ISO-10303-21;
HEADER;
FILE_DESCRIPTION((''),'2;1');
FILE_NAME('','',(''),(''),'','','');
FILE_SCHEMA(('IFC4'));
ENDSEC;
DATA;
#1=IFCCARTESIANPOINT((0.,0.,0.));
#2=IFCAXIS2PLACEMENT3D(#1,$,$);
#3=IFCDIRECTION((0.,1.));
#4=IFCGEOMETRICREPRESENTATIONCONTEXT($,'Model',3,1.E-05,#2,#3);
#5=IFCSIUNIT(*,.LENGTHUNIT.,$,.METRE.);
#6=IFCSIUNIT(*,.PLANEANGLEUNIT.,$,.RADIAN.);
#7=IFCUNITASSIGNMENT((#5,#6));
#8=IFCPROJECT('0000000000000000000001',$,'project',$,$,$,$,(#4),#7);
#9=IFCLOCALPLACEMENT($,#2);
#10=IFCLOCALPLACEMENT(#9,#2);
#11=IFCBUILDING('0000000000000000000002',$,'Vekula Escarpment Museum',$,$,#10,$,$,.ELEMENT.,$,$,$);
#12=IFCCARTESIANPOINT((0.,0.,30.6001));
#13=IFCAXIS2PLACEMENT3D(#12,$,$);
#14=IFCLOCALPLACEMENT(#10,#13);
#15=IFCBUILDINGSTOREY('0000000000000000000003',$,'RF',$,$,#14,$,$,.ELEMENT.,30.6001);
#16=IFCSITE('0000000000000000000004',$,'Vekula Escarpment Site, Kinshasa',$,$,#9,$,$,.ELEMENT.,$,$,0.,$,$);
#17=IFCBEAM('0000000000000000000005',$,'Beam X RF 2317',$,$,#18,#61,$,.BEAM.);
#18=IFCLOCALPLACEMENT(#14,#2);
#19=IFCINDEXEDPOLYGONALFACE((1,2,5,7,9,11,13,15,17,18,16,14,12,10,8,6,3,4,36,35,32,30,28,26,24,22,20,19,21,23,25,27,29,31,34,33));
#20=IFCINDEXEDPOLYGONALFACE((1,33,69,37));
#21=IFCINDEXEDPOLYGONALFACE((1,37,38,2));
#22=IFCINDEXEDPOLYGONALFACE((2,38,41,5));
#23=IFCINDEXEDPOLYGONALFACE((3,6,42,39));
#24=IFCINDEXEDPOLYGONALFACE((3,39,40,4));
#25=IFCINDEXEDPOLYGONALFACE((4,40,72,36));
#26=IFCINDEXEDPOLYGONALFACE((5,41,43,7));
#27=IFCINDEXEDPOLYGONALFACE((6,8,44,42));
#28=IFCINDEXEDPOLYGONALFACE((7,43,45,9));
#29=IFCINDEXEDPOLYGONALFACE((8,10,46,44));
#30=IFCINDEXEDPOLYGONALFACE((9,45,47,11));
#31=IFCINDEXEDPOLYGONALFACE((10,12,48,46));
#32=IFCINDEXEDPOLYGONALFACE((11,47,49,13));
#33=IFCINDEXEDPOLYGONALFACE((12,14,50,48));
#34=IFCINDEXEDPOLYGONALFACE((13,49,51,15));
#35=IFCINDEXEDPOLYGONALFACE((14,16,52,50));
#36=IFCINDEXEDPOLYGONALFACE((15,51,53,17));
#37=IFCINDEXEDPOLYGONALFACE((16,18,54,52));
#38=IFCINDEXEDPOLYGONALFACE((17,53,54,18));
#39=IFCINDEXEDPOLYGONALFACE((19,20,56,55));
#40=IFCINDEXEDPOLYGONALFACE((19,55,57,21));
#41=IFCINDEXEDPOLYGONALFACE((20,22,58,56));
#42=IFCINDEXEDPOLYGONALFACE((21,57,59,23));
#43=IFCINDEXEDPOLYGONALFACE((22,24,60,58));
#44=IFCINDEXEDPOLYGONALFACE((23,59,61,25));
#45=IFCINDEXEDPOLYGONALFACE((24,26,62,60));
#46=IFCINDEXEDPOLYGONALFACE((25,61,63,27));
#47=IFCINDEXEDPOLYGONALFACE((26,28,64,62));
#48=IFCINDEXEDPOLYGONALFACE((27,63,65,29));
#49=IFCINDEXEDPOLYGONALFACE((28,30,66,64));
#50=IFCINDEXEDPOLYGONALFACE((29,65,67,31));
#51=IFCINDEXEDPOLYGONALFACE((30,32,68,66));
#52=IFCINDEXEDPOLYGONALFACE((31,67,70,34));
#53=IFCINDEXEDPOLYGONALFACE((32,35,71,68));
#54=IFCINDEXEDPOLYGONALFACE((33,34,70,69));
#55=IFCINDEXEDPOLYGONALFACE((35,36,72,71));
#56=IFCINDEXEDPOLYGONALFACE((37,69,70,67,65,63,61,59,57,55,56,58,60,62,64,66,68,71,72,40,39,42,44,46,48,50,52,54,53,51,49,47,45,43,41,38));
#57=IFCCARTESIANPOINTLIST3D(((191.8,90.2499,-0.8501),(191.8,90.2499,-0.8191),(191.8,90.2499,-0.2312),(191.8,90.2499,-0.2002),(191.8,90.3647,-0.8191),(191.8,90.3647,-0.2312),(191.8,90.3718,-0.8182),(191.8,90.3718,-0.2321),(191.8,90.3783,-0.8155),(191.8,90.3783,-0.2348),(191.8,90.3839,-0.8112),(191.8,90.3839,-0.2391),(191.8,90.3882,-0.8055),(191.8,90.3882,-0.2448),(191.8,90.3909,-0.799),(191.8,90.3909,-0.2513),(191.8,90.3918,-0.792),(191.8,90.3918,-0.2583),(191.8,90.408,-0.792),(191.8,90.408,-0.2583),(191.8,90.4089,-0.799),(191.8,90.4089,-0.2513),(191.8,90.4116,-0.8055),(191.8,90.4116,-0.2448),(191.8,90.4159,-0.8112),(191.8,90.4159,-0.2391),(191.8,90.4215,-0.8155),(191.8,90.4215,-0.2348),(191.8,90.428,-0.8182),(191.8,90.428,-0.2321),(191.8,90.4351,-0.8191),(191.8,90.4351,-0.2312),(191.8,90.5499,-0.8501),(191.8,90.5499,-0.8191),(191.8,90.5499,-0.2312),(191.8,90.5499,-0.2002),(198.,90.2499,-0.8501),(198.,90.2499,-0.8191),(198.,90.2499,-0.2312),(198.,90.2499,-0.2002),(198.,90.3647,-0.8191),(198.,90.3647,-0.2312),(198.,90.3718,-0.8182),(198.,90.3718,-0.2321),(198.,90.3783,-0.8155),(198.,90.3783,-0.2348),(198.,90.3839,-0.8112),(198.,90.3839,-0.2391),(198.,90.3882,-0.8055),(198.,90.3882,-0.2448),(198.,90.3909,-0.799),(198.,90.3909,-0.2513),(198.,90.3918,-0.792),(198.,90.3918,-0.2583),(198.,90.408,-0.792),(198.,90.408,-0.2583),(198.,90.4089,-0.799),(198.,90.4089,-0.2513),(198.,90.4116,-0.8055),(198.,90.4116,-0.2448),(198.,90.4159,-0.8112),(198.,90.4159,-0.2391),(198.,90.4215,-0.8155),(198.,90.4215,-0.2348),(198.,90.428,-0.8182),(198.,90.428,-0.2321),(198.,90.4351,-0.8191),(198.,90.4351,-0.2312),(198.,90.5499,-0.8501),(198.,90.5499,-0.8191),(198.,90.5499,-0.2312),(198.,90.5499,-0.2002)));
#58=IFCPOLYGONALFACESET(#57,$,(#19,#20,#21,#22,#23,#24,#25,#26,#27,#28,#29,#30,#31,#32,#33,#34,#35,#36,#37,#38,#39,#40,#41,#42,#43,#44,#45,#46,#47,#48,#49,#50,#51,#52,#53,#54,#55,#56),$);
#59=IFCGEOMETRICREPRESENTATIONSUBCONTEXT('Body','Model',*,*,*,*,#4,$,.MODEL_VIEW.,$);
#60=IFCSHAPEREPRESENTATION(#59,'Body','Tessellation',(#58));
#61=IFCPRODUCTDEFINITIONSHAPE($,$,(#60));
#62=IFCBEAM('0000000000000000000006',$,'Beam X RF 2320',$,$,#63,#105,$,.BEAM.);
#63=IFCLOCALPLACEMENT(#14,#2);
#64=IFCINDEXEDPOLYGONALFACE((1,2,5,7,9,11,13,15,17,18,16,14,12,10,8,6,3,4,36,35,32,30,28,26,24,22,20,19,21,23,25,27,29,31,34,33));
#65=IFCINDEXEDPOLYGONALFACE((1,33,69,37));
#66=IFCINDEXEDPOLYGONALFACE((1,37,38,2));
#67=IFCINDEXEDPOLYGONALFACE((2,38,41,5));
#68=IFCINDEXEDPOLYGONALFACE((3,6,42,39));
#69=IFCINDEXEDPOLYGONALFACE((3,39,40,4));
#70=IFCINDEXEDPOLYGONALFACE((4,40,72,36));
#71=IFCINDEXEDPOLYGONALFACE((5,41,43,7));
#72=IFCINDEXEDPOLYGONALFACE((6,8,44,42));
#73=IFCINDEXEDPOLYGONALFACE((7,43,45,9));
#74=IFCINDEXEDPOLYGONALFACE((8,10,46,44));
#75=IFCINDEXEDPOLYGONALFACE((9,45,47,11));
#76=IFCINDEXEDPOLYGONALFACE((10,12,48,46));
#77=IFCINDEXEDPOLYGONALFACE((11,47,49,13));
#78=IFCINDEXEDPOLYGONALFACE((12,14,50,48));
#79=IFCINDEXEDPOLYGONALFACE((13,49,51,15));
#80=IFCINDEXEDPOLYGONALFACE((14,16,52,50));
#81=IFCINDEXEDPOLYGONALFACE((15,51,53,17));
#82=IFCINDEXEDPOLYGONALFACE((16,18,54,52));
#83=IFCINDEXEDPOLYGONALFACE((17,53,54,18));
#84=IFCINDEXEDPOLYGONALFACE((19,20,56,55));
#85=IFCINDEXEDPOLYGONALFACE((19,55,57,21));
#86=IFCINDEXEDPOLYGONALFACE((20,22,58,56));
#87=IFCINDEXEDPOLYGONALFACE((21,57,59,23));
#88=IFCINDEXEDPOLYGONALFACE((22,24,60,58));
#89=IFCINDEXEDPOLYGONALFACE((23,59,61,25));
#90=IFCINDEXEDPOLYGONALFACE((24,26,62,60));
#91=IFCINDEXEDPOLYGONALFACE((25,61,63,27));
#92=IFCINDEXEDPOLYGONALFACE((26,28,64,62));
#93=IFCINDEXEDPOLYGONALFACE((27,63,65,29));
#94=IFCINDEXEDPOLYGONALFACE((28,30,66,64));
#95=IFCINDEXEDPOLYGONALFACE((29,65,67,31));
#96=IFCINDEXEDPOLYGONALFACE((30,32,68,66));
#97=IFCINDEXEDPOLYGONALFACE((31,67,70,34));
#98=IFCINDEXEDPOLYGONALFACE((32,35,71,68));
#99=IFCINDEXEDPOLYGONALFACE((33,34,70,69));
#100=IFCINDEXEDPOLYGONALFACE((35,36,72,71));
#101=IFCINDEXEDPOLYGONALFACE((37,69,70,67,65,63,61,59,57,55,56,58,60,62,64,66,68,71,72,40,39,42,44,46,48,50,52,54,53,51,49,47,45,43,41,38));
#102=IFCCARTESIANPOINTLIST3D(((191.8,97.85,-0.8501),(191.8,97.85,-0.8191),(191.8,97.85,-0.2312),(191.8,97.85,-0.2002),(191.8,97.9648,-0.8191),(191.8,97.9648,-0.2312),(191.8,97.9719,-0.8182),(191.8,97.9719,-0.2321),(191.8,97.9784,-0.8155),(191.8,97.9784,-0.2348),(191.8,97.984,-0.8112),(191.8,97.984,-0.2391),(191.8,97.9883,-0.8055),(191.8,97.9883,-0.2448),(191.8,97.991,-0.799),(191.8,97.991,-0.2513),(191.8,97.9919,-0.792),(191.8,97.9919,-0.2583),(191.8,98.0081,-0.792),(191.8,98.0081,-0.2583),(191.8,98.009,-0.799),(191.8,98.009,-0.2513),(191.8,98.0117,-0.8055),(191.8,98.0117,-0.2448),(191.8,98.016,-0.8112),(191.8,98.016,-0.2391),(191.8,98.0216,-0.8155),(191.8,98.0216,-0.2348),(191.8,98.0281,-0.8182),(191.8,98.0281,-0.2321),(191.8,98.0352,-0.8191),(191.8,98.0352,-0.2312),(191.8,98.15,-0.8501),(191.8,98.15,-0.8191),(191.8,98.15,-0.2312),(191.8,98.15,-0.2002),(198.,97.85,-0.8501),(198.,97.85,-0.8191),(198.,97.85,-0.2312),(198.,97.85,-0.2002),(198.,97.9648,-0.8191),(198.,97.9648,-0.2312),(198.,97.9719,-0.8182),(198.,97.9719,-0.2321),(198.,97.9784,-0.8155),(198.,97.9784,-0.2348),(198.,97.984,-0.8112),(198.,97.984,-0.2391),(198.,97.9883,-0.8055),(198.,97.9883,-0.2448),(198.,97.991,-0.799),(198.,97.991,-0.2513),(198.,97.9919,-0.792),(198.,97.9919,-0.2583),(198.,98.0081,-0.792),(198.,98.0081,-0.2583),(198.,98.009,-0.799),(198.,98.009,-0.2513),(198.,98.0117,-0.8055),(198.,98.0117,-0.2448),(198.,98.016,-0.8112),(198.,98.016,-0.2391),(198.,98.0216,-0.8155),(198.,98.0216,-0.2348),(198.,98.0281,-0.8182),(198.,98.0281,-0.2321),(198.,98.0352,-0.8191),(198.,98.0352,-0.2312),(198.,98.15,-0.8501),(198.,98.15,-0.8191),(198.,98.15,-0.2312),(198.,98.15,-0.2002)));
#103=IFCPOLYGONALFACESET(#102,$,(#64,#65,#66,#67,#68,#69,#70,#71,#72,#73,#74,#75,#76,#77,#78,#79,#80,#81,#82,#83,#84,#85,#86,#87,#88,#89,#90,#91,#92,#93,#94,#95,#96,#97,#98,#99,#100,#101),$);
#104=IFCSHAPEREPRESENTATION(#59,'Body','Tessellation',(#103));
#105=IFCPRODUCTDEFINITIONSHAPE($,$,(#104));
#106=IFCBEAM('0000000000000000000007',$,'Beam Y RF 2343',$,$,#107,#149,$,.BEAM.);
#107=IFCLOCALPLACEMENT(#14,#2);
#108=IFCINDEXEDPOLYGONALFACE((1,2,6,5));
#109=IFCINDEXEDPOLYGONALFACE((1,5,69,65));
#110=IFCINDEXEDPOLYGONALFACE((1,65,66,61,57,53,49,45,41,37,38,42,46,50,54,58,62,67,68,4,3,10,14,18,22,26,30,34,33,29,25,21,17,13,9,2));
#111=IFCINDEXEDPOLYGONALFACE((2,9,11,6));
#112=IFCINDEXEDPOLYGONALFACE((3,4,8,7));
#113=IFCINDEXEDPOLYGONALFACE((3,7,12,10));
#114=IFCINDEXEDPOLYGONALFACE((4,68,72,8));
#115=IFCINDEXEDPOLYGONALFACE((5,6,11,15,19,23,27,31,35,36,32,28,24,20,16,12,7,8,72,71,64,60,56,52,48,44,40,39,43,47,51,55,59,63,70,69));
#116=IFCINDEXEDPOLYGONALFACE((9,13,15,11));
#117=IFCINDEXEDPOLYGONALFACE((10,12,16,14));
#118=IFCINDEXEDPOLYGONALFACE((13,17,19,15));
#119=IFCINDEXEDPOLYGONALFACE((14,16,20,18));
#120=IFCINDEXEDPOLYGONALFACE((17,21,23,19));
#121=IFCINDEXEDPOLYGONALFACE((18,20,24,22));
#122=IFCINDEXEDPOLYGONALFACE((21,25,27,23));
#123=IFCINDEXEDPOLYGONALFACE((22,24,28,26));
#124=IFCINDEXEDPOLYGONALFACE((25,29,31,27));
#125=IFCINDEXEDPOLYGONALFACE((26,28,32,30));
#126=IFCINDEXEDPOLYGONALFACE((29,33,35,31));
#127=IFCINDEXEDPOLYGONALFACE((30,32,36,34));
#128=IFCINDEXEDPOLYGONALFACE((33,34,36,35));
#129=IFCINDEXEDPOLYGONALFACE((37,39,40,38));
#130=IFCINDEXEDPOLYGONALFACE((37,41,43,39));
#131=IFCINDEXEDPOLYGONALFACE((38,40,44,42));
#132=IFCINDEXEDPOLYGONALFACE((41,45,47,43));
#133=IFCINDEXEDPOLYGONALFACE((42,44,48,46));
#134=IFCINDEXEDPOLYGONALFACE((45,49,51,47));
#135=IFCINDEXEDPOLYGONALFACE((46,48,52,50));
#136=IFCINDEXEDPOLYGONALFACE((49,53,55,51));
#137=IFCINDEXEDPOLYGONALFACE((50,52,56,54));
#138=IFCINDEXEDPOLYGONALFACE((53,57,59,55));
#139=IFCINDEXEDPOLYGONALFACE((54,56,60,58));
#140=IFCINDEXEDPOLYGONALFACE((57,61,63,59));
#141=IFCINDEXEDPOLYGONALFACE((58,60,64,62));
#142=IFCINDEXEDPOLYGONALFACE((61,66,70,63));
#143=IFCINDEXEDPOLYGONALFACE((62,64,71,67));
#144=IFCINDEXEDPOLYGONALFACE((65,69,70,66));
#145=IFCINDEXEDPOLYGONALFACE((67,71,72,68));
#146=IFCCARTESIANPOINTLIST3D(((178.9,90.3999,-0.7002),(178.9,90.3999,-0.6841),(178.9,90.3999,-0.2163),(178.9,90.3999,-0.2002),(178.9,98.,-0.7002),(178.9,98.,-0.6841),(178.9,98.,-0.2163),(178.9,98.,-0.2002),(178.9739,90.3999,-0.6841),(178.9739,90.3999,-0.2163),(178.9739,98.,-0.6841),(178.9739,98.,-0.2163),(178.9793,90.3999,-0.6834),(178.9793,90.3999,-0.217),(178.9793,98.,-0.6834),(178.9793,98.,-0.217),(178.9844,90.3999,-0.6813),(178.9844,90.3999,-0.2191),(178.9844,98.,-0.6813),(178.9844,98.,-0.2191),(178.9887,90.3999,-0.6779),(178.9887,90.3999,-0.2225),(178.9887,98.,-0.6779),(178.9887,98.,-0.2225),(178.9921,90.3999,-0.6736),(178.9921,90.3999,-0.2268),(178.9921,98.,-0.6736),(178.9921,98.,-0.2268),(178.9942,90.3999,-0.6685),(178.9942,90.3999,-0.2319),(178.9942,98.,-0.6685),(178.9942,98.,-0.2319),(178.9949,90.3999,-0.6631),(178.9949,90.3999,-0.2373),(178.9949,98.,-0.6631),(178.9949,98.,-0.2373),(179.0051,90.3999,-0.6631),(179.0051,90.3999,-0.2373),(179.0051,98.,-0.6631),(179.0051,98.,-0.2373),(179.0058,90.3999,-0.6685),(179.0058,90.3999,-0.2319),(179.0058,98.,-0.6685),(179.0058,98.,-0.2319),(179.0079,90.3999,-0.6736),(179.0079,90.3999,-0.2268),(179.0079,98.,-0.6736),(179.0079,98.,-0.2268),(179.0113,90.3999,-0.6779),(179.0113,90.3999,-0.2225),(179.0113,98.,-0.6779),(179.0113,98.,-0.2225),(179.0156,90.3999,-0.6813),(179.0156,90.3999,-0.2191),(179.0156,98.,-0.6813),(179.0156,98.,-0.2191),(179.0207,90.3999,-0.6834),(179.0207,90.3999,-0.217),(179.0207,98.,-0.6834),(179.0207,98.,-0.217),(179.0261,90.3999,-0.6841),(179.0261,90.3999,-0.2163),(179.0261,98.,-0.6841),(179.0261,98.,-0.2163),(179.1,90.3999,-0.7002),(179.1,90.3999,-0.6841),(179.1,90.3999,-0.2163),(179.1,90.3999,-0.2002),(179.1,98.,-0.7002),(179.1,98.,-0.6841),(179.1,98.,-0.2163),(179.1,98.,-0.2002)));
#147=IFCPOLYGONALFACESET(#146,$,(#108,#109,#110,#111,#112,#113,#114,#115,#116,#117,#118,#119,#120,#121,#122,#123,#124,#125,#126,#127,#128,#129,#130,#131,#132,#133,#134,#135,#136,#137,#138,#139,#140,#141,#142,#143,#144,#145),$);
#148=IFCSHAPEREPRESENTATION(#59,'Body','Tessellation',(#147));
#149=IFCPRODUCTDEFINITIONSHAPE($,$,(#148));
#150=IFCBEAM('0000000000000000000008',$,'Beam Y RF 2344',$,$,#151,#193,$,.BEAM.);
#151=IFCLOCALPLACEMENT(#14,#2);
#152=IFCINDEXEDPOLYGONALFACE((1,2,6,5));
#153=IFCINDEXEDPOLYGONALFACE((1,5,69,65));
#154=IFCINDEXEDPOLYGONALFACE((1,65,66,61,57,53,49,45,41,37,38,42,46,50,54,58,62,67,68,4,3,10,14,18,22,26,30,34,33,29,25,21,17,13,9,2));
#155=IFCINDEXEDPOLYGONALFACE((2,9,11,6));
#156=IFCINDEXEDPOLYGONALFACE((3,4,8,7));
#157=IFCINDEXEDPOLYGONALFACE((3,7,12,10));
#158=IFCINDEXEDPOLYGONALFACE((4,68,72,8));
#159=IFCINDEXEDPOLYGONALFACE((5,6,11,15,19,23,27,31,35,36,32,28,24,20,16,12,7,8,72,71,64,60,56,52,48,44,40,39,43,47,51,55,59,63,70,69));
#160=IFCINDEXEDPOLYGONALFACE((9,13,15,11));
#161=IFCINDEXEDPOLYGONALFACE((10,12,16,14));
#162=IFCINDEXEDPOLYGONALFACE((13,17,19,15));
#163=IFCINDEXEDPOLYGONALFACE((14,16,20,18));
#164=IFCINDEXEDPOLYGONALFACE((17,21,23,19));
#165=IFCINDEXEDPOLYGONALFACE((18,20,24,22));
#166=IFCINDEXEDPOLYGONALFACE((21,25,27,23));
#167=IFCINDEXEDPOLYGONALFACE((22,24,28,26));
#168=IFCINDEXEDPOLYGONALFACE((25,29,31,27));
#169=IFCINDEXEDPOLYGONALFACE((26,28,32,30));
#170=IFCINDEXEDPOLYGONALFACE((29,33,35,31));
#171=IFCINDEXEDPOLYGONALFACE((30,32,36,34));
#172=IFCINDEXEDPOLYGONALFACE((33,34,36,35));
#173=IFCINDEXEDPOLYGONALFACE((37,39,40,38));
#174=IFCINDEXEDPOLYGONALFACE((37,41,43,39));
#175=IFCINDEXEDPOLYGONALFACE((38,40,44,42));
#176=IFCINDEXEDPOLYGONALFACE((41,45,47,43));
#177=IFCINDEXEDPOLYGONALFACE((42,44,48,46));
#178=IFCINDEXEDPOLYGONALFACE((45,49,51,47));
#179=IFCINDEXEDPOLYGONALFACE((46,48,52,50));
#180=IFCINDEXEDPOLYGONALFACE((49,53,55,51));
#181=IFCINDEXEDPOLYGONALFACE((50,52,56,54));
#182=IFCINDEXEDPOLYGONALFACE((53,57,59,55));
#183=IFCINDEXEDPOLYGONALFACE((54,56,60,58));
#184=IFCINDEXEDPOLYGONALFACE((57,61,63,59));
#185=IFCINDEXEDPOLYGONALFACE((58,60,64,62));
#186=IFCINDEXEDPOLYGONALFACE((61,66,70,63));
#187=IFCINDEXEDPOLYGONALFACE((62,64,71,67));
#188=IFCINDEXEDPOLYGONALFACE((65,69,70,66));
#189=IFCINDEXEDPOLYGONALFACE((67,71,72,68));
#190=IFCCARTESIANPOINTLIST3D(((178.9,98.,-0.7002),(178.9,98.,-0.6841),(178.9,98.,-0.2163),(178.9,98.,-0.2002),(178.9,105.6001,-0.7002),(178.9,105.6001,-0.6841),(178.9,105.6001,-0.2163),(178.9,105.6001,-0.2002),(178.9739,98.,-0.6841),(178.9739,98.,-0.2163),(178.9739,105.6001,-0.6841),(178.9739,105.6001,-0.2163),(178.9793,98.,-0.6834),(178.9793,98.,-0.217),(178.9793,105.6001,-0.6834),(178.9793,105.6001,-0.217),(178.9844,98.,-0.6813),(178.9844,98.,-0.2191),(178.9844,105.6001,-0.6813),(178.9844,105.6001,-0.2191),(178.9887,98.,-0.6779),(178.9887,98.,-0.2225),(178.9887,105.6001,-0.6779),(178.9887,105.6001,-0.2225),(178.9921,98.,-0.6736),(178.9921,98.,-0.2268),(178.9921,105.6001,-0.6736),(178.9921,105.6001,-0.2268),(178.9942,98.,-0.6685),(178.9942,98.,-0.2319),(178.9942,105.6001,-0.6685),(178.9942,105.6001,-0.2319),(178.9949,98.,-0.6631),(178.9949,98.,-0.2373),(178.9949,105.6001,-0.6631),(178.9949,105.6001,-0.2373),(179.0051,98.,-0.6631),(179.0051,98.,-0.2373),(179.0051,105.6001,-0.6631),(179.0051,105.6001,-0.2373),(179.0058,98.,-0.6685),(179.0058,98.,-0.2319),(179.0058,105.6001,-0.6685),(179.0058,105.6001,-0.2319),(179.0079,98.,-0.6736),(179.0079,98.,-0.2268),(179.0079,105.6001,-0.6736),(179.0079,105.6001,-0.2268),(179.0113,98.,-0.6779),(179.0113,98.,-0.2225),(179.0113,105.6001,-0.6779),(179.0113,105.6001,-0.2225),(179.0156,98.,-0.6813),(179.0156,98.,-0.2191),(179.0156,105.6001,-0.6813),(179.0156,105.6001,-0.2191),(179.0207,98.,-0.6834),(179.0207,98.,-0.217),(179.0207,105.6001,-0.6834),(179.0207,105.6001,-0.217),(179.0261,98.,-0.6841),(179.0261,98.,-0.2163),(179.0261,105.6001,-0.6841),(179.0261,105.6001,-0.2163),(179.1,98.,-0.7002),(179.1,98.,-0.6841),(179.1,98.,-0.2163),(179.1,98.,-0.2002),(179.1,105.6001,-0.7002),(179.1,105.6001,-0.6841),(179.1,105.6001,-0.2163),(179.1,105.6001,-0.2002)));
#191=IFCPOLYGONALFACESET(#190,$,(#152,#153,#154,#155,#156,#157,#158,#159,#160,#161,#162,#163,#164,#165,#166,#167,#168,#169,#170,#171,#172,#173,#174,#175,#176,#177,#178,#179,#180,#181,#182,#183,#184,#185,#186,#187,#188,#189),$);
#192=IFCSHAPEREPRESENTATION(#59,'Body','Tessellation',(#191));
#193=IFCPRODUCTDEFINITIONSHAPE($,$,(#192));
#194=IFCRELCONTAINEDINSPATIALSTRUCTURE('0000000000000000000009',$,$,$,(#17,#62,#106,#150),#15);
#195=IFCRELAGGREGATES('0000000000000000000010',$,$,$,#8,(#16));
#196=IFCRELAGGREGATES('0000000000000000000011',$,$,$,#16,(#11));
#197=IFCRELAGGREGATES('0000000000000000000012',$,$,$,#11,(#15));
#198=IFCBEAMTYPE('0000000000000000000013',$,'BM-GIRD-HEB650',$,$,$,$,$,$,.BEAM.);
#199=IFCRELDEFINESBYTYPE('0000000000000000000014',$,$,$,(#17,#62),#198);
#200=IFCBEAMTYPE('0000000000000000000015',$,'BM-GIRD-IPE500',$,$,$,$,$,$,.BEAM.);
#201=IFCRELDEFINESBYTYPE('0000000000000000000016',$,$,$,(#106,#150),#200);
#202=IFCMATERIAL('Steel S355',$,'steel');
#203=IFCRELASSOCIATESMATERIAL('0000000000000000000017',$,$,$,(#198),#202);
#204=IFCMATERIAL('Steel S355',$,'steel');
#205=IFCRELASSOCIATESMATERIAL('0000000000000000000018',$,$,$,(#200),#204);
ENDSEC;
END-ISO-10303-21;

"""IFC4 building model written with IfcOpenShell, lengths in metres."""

from ifc_helpers import new_model, si_unit, direction, frame, origin, origin_2d, place, context, subcontext, project, spatial, i_section, extrude, material, material_profile, profile_set, type_object, element, save


model = new_model("IFC4")

# Units and contexts
model_context = context("Model", 3, precision=1e-05, world=origin(), true_north=direction((0.0, 1.0)))
body_context = subcontext(model_context, "Body", "Model", "MODEL_VIEW")
ifc_project = project(units=[si_unit("LENGTHUNIT", "METRE"), si_unit("PLANEANGLEUNIT", "RADIAN")], contexts=[model_context])

# Site, building, storey
site_placement = place(None, origin())
site = spatial("IfcSite", under=ifc_project, at=site_placement, Name="Vekula Escarpment Site, Kinshasa", CompositionType="ELEMENT", RefElevation=0.0)
building_placement = place(site_placement, origin())
building = spatial("IfcBuilding", under=site, at=building_placement, Name="Vekula Escarpment Museum", CompositionType="ELEMENT")
storey_placement = place(building_placement, frame((0.0, 0.0, 30.6001)))
storey = spatial("IfcBuildingStorey", under=building, at=storey_placement, Name="RF", CompositionType="ELEMENT", Elevation=30.6001)

# Beams
ifc_material_1 = material(Name="Steel S355", Category="steel")
ifc_material_profile_1 = material_profile(ifc_material_1, i_section(OverallWidth=0.3, OverallDepth=0.6499, WebThickness=0.0161, FlangeThickness=0.031, FilletRadius=0.0271, at=origin_2d()), Name="HEB 650")
ifc_profile_set_1 = profile_set([ifc_material_profile_1], Name="Steel S355")
beam_type_1 = type_object("IfcBeamType", Name="BM-GIRD-HEB650", PredefinedType="BEAM", material=ifc_profile_set_1)
for number, where, z_axis, x_axis, name in (
    (1, (191.8, 90.3999, -0.5251), (1.0, 0.0, 0.0), (0.0, 1.0, 0.0), "Beam X RF 2317"),
    (2, (191.8, 98.0, -0.5251), (1.0, 0.0, 0.0), (0.0, 1.0, 0.0), "Beam X RF 2320"),
):
    element("IfcBeam", number, at=place(storey_placement, frame(where, z_axis=z_axis, x_axis=x_axis)), inside=storey, type_object=beam_type_1, Name=name, PredefinedType="BEAM", context=body_context, shape_type="SweptSolid", body=[
        extrude(i_section(OverallWidth=0.3, OverallDepth=0.6499, WebThickness=0.0161, FlangeThickness=0.031, FilletRadius=0.0271, at=origin_2d()), origin(), (0.0, 0.0, 1.0), 6.2),
    ])
ifc_material_2 = material(Name="Steel S355", Category="steel")
ifc_material_profile_2 = material_profile(ifc_material_2, i_section(OverallWidth=0.2, OverallDepth=0.5, WebThickness=0.0103, FlangeThickness=0.0161, FilletRadius=0.021, at=origin_2d()), Name="IPE 500")
ifc_profile_set_2 = profile_set([ifc_material_profile_2], Name="Steel S355")
beam_type_2 = type_object("IfcBeamType", Name="BM-GIRD-IPE500", PredefinedType="BEAM", material=ifc_profile_set_2)
for number, where, z_axis, x_axis, name in (
    (3, (179.0, 90.3999, -0.4502), (0.0, 1.0, 0.0), (-1.0, 0.0, 0.0), "Beam Y RF 2343"),
    (4, (179.0, 98.0, -0.4502), (0.0, 1.0, 0.0), (-1.0, 0.0, 0.0), "Beam Y RF 2344"),
):
    element("IfcBeam", number, at=place(storey_placement, frame(where, z_axis=z_axis, x_axis=x_axis)), inside=storey, type_object=beam_type_2, Name=name, PredefinedType="BEAM", context=body_context, shape_type="SweptSolid", body=[
        extrude(i_section(OverallWidth=0.2, OverallDepth=0.5, WebThickness=0.0103, FlangeThickness=0.0161, FilletRadius=0.021, at=origin_2d()), origin(), (0.0, 0.0, 1.0), 7.6001),
    ])

save(model, "model.ifc")
